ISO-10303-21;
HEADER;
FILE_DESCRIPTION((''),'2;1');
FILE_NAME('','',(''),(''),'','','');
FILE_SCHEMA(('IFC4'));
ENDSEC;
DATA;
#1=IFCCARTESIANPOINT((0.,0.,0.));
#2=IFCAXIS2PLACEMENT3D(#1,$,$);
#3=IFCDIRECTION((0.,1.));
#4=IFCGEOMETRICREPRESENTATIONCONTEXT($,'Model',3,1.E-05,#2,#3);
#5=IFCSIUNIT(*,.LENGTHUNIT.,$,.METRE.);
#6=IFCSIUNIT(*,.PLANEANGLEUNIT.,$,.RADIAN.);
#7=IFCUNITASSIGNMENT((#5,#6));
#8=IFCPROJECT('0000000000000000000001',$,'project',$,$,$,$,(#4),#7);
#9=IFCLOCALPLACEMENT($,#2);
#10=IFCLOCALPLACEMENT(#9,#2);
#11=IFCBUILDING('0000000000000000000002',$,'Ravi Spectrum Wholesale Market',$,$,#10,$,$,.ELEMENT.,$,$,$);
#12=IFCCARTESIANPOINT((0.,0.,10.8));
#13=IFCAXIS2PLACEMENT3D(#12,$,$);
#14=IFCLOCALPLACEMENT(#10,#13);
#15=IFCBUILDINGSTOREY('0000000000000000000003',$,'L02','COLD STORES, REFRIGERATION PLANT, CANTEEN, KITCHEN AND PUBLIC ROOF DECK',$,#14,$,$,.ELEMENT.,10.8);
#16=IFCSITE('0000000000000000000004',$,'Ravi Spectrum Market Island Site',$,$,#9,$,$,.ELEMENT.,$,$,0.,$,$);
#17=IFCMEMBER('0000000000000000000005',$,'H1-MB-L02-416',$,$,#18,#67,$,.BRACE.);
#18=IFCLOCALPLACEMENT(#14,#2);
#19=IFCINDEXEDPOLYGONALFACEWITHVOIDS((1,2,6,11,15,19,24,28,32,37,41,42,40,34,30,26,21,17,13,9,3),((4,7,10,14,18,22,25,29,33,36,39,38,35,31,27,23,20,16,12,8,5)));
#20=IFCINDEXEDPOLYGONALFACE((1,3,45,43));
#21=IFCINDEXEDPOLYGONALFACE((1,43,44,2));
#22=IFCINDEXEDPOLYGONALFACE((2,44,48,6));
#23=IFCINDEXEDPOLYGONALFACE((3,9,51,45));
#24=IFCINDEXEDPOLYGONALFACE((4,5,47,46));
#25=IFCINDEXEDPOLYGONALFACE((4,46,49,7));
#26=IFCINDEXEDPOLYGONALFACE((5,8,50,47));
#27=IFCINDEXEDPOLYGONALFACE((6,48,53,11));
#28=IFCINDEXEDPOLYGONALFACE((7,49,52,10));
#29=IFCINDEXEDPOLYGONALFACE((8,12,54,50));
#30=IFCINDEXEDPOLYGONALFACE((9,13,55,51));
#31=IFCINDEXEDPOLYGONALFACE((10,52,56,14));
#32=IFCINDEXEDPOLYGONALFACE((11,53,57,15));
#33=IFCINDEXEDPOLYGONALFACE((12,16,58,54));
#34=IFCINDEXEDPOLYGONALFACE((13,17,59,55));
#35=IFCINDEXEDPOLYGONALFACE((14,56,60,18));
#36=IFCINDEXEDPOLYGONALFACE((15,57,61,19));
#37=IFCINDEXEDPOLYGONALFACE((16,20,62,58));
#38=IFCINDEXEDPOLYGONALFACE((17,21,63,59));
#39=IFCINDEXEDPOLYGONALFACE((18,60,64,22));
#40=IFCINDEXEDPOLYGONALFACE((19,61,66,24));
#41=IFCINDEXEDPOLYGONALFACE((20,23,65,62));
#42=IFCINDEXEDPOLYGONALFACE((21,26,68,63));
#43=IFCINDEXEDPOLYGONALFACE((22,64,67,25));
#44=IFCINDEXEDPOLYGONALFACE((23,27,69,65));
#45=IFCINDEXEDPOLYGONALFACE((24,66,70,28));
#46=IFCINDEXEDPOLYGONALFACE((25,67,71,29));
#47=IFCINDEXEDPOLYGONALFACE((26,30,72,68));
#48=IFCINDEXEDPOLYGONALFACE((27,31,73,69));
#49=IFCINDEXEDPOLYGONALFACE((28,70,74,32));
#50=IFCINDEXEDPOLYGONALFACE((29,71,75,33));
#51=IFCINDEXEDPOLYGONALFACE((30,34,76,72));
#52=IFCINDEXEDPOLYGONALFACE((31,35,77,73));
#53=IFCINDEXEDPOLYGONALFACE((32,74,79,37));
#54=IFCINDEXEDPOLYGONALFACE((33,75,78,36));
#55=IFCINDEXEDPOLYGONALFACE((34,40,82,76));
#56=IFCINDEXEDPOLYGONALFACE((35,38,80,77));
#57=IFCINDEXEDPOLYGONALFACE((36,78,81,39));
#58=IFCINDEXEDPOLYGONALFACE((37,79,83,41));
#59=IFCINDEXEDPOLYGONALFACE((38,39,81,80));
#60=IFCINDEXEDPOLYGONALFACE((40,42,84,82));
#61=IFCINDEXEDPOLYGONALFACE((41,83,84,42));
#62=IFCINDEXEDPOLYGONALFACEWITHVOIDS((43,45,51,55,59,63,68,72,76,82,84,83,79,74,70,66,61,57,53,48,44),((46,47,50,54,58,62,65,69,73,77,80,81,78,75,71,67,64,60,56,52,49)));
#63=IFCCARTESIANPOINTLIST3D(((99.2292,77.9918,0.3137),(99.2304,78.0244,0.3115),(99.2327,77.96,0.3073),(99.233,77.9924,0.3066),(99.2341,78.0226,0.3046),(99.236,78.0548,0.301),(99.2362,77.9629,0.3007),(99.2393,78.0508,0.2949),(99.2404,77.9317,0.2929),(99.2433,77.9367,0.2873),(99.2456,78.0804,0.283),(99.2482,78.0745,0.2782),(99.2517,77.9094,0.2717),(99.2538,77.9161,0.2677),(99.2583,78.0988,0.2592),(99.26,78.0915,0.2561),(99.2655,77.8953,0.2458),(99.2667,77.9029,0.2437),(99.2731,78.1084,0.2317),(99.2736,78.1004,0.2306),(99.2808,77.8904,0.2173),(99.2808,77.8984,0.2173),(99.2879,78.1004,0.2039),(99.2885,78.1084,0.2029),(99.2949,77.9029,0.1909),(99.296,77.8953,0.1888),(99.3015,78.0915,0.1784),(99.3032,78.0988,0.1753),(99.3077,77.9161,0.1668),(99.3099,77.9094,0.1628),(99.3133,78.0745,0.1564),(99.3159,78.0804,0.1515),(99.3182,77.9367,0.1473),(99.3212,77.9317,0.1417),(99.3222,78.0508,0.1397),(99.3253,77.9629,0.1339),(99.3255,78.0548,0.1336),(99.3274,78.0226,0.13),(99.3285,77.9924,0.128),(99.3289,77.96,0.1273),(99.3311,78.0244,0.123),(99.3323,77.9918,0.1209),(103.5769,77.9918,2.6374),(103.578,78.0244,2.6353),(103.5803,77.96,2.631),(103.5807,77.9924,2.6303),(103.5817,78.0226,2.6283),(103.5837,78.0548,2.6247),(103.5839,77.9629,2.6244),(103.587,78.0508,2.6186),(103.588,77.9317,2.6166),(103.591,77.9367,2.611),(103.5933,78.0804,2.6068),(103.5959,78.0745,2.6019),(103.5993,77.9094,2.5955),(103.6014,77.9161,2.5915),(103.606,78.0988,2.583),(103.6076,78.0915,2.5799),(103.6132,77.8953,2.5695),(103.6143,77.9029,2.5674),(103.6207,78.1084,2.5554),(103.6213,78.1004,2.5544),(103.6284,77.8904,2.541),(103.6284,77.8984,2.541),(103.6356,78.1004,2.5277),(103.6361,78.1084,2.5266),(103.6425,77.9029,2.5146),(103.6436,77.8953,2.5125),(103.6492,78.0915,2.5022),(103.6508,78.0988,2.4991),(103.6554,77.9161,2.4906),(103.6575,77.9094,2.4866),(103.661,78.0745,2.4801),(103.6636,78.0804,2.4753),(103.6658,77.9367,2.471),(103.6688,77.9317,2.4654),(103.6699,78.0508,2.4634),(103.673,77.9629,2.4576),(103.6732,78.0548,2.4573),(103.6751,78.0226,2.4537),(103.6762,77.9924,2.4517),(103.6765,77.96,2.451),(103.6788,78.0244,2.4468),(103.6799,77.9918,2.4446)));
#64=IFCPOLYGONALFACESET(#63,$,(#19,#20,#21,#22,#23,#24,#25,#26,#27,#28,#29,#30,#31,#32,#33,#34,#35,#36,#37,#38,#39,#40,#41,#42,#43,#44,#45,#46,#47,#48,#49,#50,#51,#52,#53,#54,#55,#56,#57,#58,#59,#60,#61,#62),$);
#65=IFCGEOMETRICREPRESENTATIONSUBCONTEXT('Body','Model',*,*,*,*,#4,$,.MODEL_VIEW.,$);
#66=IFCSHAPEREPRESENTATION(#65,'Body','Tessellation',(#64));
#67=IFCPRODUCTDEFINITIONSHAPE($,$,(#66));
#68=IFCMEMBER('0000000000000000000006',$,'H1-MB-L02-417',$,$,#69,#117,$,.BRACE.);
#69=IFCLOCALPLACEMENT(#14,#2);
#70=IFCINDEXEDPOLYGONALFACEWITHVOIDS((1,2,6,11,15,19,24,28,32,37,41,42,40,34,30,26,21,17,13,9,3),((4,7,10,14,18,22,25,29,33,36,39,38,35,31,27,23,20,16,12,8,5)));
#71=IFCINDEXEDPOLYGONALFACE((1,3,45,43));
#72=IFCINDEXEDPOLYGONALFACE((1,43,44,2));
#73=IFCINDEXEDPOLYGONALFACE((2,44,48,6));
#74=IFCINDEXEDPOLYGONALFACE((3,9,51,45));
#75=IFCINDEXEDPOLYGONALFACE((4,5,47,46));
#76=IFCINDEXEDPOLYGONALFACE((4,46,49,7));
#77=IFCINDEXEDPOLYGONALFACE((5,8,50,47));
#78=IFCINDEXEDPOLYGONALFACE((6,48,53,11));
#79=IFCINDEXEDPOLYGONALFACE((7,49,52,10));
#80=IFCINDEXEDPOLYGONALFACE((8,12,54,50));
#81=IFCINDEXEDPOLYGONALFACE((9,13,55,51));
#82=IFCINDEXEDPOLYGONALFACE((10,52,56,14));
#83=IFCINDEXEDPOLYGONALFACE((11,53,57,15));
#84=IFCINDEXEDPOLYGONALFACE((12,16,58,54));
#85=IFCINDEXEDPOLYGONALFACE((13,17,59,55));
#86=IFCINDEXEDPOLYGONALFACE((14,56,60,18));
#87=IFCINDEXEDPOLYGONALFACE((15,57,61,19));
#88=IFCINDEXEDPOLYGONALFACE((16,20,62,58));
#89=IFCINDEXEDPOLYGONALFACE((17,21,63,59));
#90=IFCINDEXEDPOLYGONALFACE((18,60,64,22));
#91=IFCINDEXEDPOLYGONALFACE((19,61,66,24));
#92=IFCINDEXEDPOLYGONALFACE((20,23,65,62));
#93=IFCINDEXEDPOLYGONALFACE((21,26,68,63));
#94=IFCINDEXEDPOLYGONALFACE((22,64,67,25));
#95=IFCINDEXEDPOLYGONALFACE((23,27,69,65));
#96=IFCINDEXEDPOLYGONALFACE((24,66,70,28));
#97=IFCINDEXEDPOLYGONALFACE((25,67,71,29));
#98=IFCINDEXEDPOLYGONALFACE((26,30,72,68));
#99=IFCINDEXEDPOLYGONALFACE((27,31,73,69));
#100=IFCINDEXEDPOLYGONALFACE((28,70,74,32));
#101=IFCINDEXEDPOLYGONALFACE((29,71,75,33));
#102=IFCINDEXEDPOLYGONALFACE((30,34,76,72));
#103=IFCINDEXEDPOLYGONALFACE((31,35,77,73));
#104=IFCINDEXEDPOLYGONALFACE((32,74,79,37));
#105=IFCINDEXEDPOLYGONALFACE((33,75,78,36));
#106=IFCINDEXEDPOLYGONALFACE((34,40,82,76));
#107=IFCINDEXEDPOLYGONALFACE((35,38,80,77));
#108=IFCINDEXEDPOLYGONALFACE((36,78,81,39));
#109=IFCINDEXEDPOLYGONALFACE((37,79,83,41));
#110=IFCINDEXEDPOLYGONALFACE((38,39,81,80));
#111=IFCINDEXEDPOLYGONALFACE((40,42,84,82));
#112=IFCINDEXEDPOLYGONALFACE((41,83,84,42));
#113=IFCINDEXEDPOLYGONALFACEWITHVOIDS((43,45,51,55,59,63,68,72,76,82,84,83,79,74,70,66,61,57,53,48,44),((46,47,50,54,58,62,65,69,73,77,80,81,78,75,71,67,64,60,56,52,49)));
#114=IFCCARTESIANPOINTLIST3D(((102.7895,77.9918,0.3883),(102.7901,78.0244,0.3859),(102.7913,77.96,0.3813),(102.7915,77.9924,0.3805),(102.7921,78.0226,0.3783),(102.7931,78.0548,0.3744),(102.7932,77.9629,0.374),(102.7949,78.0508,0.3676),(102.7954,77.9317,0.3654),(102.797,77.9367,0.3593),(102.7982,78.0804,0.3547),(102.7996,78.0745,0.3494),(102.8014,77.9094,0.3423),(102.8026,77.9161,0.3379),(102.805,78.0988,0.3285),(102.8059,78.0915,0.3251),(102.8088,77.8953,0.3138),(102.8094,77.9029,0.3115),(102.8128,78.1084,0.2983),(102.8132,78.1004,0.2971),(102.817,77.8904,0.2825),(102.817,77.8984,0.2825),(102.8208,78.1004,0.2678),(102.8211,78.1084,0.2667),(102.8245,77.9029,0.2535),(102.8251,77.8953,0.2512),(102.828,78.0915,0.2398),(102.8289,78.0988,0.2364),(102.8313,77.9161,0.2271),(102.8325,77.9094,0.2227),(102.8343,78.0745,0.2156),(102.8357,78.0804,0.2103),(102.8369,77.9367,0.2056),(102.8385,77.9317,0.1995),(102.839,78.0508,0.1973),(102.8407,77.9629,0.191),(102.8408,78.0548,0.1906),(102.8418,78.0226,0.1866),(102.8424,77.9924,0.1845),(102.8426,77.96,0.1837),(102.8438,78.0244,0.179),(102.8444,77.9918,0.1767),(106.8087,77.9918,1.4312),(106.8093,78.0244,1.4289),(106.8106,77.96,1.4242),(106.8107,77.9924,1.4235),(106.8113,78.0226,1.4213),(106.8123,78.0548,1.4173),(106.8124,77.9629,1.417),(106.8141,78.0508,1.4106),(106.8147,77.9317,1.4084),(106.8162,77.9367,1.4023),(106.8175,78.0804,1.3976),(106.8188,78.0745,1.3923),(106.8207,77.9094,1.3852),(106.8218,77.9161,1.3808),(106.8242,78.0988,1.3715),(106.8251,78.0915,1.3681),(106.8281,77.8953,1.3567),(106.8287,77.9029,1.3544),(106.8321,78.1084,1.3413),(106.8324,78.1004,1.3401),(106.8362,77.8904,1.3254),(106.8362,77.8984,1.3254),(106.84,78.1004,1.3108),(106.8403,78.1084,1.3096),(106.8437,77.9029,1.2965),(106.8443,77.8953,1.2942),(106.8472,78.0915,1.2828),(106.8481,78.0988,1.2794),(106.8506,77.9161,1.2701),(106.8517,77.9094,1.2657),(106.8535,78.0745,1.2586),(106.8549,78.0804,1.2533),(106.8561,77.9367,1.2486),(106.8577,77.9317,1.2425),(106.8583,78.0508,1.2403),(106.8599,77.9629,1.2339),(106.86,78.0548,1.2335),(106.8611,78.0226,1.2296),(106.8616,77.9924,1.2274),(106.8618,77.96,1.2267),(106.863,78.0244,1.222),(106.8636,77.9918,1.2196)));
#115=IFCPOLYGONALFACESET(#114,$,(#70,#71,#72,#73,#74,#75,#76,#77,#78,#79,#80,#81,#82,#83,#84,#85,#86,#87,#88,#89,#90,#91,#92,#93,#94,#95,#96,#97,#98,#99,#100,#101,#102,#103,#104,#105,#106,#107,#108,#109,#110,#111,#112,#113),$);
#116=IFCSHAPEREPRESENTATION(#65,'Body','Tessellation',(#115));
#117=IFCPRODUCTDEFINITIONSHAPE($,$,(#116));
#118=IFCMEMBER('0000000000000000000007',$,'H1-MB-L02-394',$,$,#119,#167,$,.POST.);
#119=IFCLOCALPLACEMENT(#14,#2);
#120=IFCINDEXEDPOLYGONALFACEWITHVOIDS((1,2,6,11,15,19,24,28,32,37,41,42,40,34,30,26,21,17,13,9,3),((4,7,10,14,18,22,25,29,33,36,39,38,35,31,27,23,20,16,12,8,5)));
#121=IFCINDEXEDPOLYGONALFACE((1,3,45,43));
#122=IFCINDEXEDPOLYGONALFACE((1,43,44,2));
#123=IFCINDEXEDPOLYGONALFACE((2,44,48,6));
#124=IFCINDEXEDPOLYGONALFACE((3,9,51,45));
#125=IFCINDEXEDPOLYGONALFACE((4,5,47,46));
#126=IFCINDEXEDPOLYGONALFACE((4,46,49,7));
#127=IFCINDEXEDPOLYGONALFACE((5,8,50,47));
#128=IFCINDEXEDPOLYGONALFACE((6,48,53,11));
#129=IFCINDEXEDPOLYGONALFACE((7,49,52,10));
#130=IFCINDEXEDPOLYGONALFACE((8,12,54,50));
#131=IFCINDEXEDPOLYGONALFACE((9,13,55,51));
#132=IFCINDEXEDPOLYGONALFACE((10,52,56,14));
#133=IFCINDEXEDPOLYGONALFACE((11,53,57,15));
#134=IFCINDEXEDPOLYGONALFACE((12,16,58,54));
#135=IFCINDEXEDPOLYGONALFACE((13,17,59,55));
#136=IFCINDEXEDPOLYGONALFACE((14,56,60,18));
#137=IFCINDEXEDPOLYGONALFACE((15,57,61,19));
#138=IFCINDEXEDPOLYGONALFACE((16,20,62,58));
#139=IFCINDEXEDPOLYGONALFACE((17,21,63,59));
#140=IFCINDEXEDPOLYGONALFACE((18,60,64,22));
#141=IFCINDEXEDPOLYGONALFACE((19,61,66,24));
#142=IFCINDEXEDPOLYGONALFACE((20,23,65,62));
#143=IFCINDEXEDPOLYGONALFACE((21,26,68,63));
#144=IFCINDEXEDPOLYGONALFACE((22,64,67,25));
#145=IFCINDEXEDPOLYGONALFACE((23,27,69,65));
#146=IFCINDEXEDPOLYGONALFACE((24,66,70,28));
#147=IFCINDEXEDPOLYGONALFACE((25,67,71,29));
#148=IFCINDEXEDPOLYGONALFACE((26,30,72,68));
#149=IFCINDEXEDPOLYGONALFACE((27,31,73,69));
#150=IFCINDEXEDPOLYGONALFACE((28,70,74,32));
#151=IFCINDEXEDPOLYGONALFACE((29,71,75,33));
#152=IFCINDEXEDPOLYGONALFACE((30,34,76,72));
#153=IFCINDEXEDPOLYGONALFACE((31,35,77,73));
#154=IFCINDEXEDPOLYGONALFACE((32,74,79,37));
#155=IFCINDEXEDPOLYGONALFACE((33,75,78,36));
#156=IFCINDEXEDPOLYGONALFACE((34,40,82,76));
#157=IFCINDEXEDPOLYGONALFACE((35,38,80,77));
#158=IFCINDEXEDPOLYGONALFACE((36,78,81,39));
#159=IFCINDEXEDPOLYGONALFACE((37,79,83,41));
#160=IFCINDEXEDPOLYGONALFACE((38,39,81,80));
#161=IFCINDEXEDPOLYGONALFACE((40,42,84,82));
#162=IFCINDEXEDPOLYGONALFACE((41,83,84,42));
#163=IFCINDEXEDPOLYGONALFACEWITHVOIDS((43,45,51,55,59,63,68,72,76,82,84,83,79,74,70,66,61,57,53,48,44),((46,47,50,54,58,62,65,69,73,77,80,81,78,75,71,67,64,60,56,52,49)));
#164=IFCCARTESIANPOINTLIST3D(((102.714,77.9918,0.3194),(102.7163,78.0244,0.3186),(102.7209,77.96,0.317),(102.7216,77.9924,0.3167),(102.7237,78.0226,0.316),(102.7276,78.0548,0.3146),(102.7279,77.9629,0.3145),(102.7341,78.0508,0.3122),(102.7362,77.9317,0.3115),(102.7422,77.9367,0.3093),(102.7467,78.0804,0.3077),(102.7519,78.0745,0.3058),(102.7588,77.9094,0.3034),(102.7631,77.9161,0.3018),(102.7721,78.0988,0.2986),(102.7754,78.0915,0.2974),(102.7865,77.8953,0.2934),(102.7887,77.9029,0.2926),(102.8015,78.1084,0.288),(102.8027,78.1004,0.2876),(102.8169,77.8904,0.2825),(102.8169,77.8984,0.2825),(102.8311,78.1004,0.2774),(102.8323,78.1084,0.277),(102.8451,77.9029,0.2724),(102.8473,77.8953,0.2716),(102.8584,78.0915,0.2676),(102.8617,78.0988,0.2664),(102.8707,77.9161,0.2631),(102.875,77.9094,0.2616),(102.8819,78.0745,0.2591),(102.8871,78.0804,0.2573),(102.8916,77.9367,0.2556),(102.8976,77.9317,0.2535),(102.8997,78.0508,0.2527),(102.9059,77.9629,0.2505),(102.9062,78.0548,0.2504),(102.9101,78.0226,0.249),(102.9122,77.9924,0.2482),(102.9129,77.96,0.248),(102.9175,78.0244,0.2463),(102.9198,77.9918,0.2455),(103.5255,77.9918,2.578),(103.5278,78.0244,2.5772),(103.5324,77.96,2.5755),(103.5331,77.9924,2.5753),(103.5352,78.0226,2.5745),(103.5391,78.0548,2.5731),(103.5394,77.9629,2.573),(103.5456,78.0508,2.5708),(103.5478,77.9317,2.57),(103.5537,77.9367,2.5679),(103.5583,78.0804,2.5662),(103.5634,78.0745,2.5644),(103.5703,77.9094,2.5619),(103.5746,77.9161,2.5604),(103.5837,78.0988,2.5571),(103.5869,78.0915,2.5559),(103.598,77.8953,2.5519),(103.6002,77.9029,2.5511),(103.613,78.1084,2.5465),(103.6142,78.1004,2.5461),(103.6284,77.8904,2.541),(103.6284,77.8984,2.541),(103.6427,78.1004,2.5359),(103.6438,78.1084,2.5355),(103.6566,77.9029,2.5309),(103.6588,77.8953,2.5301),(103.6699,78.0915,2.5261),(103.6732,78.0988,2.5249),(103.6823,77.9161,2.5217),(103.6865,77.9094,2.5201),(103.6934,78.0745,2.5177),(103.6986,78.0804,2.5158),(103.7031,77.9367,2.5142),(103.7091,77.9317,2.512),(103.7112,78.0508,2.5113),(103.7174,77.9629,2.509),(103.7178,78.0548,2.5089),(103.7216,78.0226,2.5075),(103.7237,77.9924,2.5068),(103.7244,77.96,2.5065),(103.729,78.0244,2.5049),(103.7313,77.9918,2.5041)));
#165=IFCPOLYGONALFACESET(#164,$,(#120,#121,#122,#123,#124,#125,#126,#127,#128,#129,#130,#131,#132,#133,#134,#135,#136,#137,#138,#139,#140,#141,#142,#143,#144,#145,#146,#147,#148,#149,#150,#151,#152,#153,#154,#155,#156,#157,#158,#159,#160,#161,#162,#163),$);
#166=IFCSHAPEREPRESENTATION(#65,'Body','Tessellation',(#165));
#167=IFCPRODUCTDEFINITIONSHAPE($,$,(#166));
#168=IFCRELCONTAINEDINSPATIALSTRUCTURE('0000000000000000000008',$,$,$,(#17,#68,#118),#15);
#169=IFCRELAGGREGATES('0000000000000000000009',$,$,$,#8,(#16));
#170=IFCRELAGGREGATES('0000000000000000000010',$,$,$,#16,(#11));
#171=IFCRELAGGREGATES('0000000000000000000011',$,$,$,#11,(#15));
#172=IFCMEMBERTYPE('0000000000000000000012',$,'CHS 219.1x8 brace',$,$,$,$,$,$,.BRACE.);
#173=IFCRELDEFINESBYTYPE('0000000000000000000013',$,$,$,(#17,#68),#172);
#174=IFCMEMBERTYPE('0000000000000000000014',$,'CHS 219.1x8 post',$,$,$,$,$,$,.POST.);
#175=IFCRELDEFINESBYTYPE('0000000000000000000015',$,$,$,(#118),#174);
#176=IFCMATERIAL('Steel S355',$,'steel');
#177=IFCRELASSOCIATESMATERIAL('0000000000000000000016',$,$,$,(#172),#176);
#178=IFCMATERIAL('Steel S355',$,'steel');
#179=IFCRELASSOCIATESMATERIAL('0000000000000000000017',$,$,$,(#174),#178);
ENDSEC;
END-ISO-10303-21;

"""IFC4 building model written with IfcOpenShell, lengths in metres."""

from ifc_helpers import new_model, si_unit, direction, frame, origin, origin_2d, place, context, subcontext, project, spatial, hollow_circle, extrude, material, material_profile, profile_set, type_object, element, save


model = new_model("IFC4")

# Units and contexts
model_context = context("Model", 3, precision=1e-05, world=origin(), true_north=direction((0.0, 1.0)))
body_context = subcontext(model_context, "Body", "Model", "MODEL_VIEW")
ifc_project = project(units=[si_unit("LENGTHUNIT", "METRE"), si_unit("PLANEANGLEUNIT", "RADIAN")], contexts=[model_context])

# Site, building, storey
site_placement = place(None, origin())
site = spatial("IfcSite", under=ifc_project, at=site_placement, Name="Ravi Spectrum Market Island Site", CompositionType="ELEMENT", RefElevation=0.0)
building_placement = place(site_placement, origin())
building = spatial("IfcBuilding", under=site, at=building_placement, Name="Ravi Spectrum Wholesale Market", CompositionType="ELEMENT")
storey_placement = place(building_placement, frame((0.0, 0.0, 10.8)))
storey = spatial("IfcBuildingStorey", under=building, at=storey_placement, Name="L02", Description="COLD STORES, REFRIGERATION PLANT, CANTEEN, KITCHEN AND PUBLIC ROOF DECK", CompositionType="ELEMENT", Elevation=10.8)

# Members
ifc_material_1 = material(Name="Steel S355", Category="steel")
ifc_material_profile_1 = material_profile(ifc_material_1, hollow_circle(Radius=0.1096, WallThickness=0.0081, at=origin_2d()))
ifc_profile_set_1 = profile_set([ifc_material_profile_1], Name="Steel S355")
member_type_1 = type_object("IfcMemberType", Name="CHS 219.1x8 brace", PredefinedType="BRACE", material=ifc_profile_set_1)
member_1_placement = place(storey_placement, frame((103.6284, 78.0, 2.541), z_axis=(-0.881933, 0.0, -0.471375), x_axis=(0.0, -1.0, 0.0)))
element("IfcMember", 1, at=member_1_placement, inside=storey, type_object=member_type_1, Name="H1-MB-L02-416", PredefinedType="BRACE", context=body_context, shape_type="SweptSolid", body=[
    extrude(hollow_circle(Radius=0.1096, WallThickness=0.0081, at=origin_2d()), origin(), (0.0, 0.0, 1.0), 4.9297),
])
member_2_placement = place(storey_placement, frame((106.8362, 78.0, 1.3254), z_axis=(-0.967942, 0.0, -0.251172), x_axis=(0.0, -1.0, 0.0)))
element("IfcMember", 2, at=member_2_placement, inside=storey, type_object=member_type_1, Name="H1-MB-L02-417", PredefinedType="BRACE", context=body_context, shape_type="SweptSolid", body=[
    extrude(hollow_circle(Radius=0.1096, WallThickness=0.0081, at=origin_2d()), origin(), (0.0, 0.0, 1.0), 4.1523),
])
ifc_material_2 = material(Name="Steel S355", Category="steel")
ifc_material_profile_2 = material_profile(ifc_material_2, hollow_circle(Radius=0.1096, WallThickness=0.0081, at=origin_2d()))
ifc_profile_set_2 = profile_set([ifc_material_profile_2], Name="Steel S355")
member_type_2 = type_object("IfcMemberType", Name="CHS 219.1x8 post", PredefinedType="POST", material=ifc_profile_set_2)
member_3_placement = place(storey_placement, frame((103.6284, 78.0, 2.541), z_axis=(-0.338147, 0.0, -0.941093), x_axis=(0.0, -1.0, 0.0)))
element("IfcMember", 3, at=member_3_placement, inside=storey, type_object=member_type_2, Name="H1-MB-L02-394", PredefinedType="POST", context=body_context, shape_type="SweptSolid", body=[
    extrude(hollow_circle(Radius=0.1096, WallThickness=0.0081, at=origin_2d()), origin(), (0.0, 0.0, 1.0), 2.3999),
])

save(model, "model.ifc")
